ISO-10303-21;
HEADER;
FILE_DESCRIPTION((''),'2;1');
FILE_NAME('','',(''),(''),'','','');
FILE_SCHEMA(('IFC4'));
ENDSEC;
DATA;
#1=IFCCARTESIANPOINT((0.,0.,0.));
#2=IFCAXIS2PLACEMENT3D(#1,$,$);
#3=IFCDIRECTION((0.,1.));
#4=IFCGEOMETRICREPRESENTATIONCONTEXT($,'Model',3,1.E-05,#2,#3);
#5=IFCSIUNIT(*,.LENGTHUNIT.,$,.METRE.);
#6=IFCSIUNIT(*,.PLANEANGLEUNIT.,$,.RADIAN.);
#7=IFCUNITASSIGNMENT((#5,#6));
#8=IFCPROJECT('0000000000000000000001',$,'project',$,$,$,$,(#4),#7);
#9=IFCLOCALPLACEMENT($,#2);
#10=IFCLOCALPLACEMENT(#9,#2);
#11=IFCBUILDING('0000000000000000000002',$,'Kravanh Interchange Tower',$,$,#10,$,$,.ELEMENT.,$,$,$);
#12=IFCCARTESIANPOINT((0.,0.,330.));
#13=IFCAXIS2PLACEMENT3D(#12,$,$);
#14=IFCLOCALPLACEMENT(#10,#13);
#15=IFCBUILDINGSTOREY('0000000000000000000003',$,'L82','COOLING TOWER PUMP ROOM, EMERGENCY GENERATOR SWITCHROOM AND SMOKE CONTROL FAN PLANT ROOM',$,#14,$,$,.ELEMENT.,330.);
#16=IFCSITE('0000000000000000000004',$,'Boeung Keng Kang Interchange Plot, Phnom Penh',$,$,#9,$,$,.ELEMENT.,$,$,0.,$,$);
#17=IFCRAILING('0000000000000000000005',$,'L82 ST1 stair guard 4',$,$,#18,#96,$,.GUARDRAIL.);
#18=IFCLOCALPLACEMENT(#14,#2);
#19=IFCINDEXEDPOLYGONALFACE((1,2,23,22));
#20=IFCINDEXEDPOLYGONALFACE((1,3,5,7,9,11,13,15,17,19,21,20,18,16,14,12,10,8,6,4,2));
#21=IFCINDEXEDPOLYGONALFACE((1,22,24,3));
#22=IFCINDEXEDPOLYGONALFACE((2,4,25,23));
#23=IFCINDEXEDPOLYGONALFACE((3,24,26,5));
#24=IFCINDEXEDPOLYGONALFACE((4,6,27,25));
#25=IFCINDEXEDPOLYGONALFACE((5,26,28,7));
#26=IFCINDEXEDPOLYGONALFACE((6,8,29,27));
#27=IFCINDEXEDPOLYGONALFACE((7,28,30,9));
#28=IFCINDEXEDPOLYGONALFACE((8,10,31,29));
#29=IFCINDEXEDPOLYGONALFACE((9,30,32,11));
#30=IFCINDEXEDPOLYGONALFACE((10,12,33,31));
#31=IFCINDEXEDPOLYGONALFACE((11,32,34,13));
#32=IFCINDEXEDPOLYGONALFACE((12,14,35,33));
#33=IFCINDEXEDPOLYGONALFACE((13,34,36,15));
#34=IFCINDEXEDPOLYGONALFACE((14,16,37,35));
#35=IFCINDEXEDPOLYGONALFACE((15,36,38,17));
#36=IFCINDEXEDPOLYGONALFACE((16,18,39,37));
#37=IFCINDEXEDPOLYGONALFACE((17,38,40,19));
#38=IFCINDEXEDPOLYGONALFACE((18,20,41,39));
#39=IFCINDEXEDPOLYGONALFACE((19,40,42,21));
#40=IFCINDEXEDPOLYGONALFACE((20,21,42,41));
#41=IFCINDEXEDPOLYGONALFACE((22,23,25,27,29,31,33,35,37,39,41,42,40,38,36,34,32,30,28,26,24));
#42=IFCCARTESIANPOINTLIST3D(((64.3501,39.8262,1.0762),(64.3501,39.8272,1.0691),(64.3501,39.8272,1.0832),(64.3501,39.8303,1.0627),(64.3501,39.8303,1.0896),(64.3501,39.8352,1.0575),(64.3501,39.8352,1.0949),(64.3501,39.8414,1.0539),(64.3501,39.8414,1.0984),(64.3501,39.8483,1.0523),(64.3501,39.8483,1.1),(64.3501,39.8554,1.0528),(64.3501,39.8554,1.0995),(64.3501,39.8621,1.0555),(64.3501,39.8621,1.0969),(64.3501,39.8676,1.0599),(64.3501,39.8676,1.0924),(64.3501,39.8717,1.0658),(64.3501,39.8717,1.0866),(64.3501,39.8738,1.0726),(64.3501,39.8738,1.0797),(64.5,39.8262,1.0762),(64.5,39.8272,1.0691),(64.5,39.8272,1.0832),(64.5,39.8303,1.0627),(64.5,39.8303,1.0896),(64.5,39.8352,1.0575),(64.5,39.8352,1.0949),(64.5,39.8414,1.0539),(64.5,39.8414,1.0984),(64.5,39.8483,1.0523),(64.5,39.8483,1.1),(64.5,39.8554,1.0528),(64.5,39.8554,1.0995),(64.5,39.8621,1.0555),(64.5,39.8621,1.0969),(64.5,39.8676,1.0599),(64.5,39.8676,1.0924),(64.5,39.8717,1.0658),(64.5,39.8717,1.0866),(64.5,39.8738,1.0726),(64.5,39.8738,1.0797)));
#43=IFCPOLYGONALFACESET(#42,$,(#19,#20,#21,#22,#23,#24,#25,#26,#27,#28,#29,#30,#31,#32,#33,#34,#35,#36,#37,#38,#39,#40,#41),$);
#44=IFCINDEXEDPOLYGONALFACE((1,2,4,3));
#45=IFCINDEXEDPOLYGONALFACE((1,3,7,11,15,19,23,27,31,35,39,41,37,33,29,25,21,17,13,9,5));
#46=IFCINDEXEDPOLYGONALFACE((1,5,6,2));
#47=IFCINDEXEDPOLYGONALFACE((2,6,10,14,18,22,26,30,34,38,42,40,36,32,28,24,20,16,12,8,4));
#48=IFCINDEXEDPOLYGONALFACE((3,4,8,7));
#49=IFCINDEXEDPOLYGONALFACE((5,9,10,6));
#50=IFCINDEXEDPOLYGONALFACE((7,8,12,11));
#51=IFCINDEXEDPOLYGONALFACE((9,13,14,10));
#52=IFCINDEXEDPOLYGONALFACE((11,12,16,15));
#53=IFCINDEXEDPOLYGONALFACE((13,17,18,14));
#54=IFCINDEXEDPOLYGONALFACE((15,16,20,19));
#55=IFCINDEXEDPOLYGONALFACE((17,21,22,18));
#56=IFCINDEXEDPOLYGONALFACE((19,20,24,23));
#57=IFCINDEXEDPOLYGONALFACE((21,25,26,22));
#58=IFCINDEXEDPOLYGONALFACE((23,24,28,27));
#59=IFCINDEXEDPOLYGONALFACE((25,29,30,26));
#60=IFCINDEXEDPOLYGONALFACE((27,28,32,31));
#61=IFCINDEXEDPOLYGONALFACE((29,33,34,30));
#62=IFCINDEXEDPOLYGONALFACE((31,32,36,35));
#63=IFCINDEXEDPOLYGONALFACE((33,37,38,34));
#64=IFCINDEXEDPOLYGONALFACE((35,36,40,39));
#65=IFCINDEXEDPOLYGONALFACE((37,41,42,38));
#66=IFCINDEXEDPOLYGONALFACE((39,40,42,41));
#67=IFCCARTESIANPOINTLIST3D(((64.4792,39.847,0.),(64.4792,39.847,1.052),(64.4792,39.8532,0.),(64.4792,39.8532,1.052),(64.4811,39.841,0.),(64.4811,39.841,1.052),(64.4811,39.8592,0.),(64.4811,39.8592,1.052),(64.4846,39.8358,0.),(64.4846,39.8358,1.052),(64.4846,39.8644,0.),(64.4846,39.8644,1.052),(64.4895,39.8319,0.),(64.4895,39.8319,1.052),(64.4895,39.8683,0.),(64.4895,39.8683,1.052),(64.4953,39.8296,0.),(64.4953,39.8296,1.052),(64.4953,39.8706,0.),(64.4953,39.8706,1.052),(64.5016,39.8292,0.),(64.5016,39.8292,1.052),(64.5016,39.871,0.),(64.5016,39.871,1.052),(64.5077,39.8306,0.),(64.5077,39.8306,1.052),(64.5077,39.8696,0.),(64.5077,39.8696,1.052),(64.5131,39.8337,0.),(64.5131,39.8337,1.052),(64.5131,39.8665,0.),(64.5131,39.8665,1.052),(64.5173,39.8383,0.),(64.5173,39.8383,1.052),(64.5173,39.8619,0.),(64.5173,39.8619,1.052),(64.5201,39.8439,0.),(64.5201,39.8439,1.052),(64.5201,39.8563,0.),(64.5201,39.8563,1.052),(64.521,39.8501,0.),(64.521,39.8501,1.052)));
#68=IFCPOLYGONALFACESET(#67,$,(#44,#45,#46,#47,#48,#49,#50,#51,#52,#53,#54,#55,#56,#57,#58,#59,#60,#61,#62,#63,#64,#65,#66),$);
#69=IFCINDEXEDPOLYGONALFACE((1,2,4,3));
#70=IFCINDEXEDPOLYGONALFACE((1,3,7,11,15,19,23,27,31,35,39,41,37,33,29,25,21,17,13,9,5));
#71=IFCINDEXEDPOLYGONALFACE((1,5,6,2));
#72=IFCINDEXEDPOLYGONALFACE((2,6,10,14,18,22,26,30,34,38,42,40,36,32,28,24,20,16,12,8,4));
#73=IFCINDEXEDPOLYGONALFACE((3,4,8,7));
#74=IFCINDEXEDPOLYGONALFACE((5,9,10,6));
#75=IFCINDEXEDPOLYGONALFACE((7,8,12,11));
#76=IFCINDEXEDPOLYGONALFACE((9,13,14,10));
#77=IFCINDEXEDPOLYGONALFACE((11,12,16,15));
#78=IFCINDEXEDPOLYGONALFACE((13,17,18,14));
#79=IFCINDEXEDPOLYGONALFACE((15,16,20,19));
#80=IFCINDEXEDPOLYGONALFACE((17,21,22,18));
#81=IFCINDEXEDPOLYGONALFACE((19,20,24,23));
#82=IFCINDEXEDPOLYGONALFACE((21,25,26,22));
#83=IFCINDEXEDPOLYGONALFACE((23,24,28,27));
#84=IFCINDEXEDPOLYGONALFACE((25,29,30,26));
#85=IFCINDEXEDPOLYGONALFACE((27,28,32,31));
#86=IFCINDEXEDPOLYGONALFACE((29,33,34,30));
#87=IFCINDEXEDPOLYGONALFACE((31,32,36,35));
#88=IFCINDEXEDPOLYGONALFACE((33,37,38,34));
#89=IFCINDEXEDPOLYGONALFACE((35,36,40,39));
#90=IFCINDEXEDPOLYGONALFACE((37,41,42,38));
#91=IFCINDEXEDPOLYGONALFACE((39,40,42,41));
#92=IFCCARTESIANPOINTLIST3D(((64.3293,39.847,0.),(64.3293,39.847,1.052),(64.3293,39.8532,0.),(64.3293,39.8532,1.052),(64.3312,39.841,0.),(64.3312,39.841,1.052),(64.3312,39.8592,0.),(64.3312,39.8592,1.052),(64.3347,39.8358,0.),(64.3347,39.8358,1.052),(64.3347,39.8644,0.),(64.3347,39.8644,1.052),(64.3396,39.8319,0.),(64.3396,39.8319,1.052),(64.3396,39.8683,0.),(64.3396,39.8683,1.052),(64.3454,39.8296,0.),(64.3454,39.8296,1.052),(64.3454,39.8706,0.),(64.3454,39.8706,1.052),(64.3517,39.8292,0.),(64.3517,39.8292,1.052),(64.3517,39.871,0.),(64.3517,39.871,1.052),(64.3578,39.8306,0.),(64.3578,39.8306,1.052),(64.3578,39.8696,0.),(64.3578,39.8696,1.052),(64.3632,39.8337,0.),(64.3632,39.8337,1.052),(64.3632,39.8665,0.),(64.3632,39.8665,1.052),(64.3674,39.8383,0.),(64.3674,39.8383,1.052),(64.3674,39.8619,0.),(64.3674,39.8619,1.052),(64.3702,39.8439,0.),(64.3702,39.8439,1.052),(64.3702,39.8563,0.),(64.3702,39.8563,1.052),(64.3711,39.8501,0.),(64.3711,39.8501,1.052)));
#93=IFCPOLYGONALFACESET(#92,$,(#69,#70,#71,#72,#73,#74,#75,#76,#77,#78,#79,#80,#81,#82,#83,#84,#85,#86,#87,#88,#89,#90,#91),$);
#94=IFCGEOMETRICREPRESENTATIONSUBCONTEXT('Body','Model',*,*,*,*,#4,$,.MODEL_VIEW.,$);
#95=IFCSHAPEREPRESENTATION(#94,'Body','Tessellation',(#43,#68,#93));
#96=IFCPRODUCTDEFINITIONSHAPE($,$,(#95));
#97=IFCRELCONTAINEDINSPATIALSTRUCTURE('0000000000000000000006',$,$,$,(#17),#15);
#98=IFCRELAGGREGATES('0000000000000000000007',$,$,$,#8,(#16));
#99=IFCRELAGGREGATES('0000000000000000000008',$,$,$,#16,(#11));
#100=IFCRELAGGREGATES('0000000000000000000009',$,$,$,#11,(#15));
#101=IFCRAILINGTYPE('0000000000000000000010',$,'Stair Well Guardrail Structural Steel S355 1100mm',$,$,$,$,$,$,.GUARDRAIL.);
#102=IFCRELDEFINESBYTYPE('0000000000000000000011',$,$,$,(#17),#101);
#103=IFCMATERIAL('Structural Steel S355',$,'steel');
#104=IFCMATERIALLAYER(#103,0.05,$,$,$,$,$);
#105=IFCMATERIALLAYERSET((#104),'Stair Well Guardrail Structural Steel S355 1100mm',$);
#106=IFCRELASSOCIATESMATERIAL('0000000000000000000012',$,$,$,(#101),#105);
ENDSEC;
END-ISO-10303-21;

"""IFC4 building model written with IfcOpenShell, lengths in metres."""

from ifc_helpers import new_model, si_unit, direction, frame, origin, origin_2d, place, context, subcontext, project, spatial, circle, extrude, material, layer, layer_set, type_object, element, save


model = new_model("IFC4")

# Units and contexts
model_context = context("Model", 3, precision=1e-05, world=origin(), true_north=direction((0.0, 1.0)))
body_context = subcontext(model_context, "Body", "Model", "MODEL_VIEW")
ifc_project = project(units=[si_unit("LENGTHUNIT", "METRE"), si_unit("PLANEANGLEUNIT", "RADIAN")], contexts=[model_context])

# Site, building, storey
site_placement = place(None, origin())
site = spatial("IfcSite", under=ifc_project, at=site_placement, Name="Boeung Keng Kang Interchange Plot, Phnom Penh", CompositionType="ELEMENT", RefElevation=0.0)
building_placement = place(site_placement, origin())
building = spatial("IfcBuilding", under=site, at=building_placement, Name="Kravanh Interchange Tower", CompositionType="ELEMENT")
storey_placement = place(building_placement, frame((0.0, 0.0, 330.0)))
storey = spatial("IfcBuildingStorey", under=building, at=storey_placement, Name="L82", Description="COOLING TOWER PUMP ROOM, EMERGENCY GENERATOR SWITCHROOM AND SMOKE CONTROL FAN PLANT ROOM", CompositionType="ELEMENT", Elevation=330.0)

# Railing
ifc_material_1 = material(Name="Structural Steel S355", Category="steel")
ifc_layer_1 = layer(ifc_material_1, 0.05)
ifc_layer_set_1 = layer_set([ifc_layer_1], Name="Stair Well Guardrail Structural Steel S355 1100mm")
railing_type_1 = type_object("IfcRailingType", Name="Stair Well Guardrail Structural Steel S355 1100mm", PredefinedType="GUARDRAIL", material=ifc_layer_set_1)
railing_1_placement = place(storey_placement, frame((64.5, 39.8501, 0.0)))
element("IfcRailing", 1, at=railing_1_placement, inside=storey, type_object=railing_type_1, Name="L82 ST1 stair guard 4", PredefinedType="GUARDRAIL", context=body_context, shape_type="SweptSolid", body=[
    extrude(circle(Radius=0.0239, at=origin_2d()), frame((0.0, 0.0, 1.0762), z_axis=(-1.0, 0.0, 0.0), x_axis=(0.0, -1.0, 0.0)), (0.0, 0.0, 1.0), 0.1499),
    extrude(circle(Radius=0.021, at=origin_2d()), origin(), (0.0, 0.0, 1.0), 1.052),
    extrude(circle(Radius=0.021, at=origin_2d()), frame((-0.1499, 0.0, 0.0)), (0.0, 0.0, 1.0), 1.052),
])

save(model, "model.ifc")
